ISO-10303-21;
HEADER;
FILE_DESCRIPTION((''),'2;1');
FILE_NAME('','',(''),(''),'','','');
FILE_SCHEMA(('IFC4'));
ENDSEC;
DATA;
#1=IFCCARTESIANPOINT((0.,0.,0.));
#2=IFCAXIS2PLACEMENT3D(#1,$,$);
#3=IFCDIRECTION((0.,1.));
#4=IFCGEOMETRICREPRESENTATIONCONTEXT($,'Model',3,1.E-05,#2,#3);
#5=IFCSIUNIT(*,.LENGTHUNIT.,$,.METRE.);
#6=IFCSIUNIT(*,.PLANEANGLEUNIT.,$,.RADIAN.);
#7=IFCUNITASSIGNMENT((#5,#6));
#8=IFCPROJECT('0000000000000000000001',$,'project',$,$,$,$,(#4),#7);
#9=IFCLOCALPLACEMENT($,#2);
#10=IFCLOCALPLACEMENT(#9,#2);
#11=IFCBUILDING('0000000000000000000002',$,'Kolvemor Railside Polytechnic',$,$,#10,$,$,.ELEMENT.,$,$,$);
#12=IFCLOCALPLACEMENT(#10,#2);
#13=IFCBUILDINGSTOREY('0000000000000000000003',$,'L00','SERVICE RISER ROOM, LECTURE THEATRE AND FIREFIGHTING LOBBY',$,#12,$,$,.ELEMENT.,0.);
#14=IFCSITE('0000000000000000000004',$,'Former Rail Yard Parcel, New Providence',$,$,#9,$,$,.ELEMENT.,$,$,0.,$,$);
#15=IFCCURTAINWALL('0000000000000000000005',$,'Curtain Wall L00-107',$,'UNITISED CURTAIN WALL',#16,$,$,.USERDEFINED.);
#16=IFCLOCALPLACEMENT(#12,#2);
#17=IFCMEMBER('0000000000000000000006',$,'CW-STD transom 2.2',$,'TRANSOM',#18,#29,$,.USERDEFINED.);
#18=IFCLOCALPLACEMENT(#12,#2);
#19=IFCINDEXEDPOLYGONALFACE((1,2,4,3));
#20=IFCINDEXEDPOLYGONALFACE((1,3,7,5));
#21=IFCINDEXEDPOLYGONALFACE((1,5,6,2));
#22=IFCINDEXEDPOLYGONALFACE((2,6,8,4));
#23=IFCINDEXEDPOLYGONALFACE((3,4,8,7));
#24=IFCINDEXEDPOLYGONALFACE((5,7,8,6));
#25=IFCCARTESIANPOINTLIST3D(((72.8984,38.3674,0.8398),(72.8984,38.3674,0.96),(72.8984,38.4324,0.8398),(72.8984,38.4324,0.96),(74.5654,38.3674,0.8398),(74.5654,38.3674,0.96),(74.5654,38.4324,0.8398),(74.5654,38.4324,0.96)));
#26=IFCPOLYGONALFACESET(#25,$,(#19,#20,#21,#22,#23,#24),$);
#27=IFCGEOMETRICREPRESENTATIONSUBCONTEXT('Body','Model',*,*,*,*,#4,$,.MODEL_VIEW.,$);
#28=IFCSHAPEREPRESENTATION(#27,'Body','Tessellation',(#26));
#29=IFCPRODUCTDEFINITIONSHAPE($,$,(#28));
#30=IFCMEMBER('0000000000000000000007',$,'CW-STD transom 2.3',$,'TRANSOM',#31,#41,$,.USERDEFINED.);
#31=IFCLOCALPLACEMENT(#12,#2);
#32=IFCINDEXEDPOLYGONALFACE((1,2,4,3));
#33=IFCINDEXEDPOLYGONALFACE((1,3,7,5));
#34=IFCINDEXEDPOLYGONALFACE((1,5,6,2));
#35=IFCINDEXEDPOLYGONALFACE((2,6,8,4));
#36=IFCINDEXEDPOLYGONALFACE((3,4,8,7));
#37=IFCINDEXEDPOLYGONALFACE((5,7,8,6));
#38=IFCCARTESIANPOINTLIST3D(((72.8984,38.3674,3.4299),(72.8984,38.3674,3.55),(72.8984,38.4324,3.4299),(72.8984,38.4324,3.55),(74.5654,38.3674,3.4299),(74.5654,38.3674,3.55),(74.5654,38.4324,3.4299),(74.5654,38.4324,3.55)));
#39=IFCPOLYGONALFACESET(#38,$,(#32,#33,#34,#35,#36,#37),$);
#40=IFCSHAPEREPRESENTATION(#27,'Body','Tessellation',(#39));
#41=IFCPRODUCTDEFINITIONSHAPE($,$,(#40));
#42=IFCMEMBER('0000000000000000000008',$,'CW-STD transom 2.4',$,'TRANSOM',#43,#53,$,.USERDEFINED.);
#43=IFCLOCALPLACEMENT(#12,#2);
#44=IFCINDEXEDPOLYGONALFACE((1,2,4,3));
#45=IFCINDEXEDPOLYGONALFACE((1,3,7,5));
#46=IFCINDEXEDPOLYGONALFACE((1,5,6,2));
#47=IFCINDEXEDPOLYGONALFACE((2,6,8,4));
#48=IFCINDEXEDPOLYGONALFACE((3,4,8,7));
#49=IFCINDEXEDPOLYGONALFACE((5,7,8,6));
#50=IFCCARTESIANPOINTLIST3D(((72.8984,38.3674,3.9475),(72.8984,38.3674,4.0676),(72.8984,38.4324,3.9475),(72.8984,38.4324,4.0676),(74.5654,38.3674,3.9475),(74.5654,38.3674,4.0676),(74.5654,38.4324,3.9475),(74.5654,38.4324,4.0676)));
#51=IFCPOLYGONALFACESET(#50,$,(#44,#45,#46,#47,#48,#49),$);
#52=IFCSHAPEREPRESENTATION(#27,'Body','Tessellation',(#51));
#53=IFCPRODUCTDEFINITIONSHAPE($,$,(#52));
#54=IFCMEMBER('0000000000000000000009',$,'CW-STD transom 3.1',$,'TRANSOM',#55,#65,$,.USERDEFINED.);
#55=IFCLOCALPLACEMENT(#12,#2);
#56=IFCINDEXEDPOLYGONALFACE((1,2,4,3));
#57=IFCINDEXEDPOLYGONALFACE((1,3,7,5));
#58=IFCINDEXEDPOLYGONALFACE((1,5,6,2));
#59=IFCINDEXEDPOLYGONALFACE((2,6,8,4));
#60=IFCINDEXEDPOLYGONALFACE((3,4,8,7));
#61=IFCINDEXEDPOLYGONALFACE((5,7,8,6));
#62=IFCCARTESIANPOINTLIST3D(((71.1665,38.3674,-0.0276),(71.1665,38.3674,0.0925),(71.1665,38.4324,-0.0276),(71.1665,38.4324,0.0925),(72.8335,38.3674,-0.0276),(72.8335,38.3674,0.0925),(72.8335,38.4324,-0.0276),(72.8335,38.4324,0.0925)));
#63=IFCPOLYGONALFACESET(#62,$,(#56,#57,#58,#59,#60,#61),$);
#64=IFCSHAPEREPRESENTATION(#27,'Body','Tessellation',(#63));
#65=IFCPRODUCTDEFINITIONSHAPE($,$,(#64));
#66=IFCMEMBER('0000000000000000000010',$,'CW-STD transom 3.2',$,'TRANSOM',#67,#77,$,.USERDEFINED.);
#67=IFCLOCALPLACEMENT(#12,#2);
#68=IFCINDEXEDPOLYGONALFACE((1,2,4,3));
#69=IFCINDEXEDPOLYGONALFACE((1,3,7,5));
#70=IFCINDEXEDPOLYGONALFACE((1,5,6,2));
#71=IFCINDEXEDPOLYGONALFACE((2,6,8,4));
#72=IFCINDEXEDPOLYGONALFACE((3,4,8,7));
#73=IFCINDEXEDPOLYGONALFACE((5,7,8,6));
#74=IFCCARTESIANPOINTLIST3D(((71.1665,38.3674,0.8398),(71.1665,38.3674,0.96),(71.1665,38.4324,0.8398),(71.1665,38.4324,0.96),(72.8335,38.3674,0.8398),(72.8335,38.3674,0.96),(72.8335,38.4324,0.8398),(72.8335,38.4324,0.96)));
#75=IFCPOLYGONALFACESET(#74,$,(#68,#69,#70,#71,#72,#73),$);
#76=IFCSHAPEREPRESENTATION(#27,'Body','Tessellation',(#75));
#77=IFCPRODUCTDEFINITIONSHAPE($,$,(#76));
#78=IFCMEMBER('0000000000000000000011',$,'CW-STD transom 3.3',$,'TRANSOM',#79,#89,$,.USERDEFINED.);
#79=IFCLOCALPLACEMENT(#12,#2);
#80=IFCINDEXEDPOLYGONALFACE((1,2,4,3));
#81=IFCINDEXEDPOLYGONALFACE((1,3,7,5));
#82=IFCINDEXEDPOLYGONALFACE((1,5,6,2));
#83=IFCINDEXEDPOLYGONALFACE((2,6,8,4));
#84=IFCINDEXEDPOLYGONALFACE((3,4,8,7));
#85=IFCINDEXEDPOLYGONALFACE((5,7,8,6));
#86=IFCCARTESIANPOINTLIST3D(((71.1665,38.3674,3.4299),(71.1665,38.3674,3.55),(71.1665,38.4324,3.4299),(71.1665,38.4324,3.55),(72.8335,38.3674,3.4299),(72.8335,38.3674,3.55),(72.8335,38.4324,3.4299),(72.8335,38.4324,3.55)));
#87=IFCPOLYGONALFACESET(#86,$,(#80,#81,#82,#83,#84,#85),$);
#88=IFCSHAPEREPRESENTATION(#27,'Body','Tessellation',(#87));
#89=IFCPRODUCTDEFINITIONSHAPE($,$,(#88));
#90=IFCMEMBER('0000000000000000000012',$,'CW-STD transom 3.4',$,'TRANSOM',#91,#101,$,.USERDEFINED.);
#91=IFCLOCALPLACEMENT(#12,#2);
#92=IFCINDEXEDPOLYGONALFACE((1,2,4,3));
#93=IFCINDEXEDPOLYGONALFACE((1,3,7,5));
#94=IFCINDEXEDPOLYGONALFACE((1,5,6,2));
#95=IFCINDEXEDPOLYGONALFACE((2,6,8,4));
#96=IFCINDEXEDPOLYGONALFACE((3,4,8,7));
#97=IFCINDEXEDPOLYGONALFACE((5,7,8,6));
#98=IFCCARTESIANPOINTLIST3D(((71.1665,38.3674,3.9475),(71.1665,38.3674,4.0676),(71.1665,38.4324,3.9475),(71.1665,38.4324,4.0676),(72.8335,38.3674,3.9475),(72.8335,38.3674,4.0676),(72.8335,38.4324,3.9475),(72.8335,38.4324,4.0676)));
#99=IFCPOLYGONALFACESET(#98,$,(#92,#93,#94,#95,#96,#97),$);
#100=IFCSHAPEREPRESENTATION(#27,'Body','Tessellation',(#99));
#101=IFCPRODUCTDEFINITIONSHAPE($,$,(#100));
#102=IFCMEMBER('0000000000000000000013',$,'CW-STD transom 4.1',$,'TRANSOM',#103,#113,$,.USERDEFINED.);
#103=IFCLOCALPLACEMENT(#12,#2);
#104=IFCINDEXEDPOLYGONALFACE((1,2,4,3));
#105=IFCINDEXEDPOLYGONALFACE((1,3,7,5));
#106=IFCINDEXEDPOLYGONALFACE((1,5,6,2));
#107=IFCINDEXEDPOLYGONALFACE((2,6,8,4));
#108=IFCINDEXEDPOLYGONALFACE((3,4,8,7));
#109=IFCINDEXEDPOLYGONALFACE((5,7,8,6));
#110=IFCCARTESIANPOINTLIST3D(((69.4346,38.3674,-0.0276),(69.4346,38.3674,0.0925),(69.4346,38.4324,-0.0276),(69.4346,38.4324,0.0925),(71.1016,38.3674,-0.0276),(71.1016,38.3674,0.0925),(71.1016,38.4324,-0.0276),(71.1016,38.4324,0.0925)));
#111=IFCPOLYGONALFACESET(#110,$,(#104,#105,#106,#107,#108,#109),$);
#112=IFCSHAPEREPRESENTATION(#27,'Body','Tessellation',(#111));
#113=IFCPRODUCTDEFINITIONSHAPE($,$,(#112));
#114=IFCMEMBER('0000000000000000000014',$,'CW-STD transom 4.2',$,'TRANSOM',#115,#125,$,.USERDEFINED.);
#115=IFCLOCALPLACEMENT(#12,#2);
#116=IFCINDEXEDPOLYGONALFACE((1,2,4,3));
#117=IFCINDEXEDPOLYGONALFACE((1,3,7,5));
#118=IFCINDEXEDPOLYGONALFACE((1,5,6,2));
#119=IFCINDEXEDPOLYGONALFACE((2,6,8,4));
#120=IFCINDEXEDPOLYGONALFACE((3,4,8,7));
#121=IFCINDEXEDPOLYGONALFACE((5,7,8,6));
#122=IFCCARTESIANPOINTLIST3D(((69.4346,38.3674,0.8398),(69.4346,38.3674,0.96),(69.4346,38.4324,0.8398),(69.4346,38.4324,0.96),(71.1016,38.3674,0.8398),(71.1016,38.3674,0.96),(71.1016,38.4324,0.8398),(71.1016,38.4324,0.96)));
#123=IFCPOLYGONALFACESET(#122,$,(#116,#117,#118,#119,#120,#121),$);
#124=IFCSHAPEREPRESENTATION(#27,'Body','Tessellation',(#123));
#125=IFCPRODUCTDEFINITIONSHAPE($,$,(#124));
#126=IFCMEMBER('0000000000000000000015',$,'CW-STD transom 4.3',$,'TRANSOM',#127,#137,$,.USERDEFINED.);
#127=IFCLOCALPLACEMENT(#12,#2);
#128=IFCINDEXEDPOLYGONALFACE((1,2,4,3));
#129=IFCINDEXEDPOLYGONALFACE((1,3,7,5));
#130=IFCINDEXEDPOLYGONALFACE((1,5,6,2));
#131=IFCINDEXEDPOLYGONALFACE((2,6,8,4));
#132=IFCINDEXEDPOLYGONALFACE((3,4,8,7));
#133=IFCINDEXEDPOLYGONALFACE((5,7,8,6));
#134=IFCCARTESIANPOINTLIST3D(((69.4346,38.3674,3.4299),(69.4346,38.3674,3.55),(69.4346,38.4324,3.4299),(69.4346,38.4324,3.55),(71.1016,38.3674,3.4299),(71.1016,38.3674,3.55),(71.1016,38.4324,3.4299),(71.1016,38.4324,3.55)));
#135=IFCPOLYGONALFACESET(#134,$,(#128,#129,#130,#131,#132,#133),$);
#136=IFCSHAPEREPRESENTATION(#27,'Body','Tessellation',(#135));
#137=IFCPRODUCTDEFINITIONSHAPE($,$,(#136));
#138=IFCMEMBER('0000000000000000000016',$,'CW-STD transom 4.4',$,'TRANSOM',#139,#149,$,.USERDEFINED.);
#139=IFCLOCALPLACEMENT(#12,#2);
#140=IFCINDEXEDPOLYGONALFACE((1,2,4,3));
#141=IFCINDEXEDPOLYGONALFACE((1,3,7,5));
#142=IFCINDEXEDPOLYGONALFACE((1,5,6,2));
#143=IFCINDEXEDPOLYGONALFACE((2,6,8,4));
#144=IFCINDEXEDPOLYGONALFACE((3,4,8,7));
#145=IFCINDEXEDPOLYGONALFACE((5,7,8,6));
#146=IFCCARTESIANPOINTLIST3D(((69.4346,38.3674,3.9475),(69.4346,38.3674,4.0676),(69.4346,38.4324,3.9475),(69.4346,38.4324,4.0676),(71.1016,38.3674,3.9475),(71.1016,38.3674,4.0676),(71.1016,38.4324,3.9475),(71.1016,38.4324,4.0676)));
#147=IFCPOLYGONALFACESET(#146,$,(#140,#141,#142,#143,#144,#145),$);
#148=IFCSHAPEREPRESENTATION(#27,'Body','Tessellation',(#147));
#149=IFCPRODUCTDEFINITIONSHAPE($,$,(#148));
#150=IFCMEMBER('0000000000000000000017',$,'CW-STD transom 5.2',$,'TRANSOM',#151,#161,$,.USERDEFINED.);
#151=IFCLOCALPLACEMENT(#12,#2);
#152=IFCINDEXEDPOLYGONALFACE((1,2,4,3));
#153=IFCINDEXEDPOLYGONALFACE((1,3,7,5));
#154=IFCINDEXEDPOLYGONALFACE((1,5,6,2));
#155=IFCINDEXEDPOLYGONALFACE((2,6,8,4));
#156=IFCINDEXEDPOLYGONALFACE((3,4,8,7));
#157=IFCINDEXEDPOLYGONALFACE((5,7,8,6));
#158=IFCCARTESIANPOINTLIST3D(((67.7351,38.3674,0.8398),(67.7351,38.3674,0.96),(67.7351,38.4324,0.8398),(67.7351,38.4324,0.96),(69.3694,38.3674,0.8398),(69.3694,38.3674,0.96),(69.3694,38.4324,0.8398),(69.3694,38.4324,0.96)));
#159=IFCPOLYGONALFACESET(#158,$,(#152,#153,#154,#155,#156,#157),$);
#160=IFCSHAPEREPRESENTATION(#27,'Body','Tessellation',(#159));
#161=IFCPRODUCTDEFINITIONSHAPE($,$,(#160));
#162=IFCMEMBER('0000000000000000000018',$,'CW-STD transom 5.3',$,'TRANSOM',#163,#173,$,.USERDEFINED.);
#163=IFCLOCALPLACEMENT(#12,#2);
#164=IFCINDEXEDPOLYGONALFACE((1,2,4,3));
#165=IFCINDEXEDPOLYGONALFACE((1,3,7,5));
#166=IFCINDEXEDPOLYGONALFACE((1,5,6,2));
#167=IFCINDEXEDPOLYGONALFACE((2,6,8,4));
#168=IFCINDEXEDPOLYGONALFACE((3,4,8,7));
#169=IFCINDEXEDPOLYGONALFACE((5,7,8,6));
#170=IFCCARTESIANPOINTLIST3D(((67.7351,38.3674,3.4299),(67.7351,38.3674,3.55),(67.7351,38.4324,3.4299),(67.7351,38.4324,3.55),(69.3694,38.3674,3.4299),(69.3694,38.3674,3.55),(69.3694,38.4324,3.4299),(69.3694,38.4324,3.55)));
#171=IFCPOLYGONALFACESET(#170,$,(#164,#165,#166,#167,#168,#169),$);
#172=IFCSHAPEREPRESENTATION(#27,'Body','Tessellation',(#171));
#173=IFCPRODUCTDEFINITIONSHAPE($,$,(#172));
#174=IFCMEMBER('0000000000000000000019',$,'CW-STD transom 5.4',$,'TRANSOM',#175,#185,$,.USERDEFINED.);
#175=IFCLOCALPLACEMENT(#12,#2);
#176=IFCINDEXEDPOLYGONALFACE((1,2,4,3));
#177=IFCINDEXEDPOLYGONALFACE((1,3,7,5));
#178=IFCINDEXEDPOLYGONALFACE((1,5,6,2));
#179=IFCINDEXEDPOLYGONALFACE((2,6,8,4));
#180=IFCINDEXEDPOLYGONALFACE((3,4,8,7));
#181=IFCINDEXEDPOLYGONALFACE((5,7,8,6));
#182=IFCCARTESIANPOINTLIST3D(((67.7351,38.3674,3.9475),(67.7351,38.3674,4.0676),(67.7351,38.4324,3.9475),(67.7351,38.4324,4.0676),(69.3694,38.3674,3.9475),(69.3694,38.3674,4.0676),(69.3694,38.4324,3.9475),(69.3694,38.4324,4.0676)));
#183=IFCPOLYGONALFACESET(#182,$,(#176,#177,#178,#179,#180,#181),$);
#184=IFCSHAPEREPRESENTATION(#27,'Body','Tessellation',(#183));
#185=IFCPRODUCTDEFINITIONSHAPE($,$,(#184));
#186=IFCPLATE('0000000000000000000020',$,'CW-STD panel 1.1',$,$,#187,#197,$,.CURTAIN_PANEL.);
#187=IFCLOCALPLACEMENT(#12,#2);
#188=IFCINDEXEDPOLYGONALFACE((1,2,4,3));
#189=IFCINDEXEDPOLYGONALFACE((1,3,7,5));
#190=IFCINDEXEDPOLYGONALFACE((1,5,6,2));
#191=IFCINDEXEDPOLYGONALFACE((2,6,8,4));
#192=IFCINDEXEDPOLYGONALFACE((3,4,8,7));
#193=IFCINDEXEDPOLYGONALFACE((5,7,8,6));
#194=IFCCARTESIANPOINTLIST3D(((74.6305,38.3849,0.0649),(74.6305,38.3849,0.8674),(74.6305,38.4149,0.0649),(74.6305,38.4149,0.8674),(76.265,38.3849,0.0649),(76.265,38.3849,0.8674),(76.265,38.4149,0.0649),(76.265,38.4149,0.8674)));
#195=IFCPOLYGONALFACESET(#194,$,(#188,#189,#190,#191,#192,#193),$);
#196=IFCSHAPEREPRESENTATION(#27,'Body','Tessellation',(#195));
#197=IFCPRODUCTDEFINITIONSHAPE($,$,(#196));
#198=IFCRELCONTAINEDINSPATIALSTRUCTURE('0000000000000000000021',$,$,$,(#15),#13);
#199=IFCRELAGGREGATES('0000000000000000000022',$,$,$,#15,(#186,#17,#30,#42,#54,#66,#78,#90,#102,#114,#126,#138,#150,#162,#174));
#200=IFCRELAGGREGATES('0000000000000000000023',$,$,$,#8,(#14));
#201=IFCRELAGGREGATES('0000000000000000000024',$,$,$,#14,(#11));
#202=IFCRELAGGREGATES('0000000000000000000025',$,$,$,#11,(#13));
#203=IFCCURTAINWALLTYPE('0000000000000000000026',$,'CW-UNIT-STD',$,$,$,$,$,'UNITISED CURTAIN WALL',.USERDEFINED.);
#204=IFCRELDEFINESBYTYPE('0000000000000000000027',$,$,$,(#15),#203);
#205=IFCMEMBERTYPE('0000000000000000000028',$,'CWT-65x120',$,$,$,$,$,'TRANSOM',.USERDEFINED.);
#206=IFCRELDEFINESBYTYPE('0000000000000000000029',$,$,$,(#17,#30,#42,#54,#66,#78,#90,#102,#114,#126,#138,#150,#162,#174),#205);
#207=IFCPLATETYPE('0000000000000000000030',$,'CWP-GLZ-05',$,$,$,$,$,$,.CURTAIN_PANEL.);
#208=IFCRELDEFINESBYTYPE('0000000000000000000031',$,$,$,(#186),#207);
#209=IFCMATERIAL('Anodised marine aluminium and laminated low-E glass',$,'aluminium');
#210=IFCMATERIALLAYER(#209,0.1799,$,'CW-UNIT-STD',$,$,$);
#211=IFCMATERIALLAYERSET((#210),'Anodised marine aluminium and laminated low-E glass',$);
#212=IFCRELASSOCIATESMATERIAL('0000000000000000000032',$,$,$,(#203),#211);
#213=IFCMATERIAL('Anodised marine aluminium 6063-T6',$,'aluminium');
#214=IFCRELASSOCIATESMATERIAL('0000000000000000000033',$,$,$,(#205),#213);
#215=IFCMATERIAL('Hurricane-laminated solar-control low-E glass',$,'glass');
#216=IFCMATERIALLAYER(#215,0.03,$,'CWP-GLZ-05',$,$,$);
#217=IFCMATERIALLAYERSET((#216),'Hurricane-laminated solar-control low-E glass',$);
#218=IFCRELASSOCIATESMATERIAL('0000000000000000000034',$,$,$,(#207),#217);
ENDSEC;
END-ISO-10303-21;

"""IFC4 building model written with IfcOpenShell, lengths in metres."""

from ifc_helpers import new_model, si_unit, direction, frame, origin, origin_2d, place, context, subcontext, project, spatial, rectangle, extrude, material, layer, layer_set, material_profile, profile_set, type_object, element, aggregate, save


model = new_model("IFC4")

# Units and contexts
model_context = context("Model", 3, precision=1e-05, world=origin(), true_north=direction((0.0, 1.0)))
body_context = subcontext(model_context, "Body", "Model", "MODEL_VIEW")
ifc_project = project(units=[si_unit("LENGTHUNIT", "METRE"), si_unit("PLANEANGLEUNIT", "RADIAN")], contexts=[model_context])

# Site, building, storey
site_placement = place(None, origin())
site = spatial("IfcSite", under=ifc_project, at=site_placement, Name="Former Rail Yard Parcel, New Providence", CompositionType="ELEMENT", RefElevation=0.0)
building_placement = place(site_placement, origin())
building = spatial("IfcBuilding", under=site, at=building_placement, Name="Kolvemor Railside Polytechnic", CompositionType="ELEMENT")
storey_placement = place(building_placement, origin())
storey = spatial("IfcBuildingStorey", under=building, at=storey_placement, Name="L00", Description="SERVICE RISER ROOM, LECTURE THEATRE AND FIREFIGHTING LOBBY", CompositionType="ELEMENT", Elevation=0.0)

# Curtain wall, members, plate
ifc_material_1 = material(Name="Anodised marine aluminium and laminated low-E glass", Category="aluminium")
ifc_layer_1 = layer(ifc_material_1, 0.1799, Name="CW-UNIT-STD")
ifc_layer_set_1 = layer_set([ifc_layer_1], Name="Anodised marine aluminium and laminated low-E glass")
curtain_wall_type = type_object("IfcCurtainWallType", Name="CW-UNIT-STD", ElementType="UNITISED CURTAIN WALL", PredefinedType="USERDEFINED", material=ifc_layer_set_1)
curtain_wall_placement = place(storey_placement, origin())
curtain_wall = element("IfcCurtainWall", 1, at=curtain_wall_placement, inside=storey, type_object=curtain_wall_type, Name="Curtain Wall L00-107", ObjectType="UNITISED CURTAIN WALL", PredefinedType="USERDEFINED")
ifc_material_2 = material(Name="Anodised marine aluminium 6063-T6", Category="aluminium")
ifc_material_profile_1 = material_profile(ifc_material_2, rectangle(XDim=0.0649, YDim=0.1201, at=origin_2d()), Name="CW-TRN-65x120")
ifc_profile_set_1 = profile_set([ifc_material_profile_1], Name="Anodised marine aluminium 6063-T6")
member_type_1 = type_object("IfcMemberType", Name="CWT-65x120", ElementType="TRANSOM", PredefinedType="USERDEFINED", material=ifc_profile_set_1)
member_1_placement = place(storey_placement, frame((74.5654, 38.3999, 0.8999), z_axis=(-1.0, 0.0, 0.0), x_axis=(0.0, -1.0, 0.0)))
member_1 = element("IfcMember", 2, at=member_1_placement, type_object=member_type_1, Name="CW-STD transom 2.2", ObjectType="TRANSOM", PredefinedType="USERDEFINED", context=body_context, shape_type="SweptSolid", body=[
    extrude(rectangle(XDim=0.0649, YDim=0.1201, at=origin_2d()), origin(), (0.0, 0.0, 1.0), 1.667),
])
member_2_placement = place(storey_placement, frame((74.5654, 38.3999, 3.49), z_axis=(-1.0, 0.0, 0.0), x_axis=(0.0, -1.0, 0.0)))
member_2 = element("IfcMember", 3, at=member_2_placement, type_object=member_type_1, Name="CW-STD transom 2.3", ObjectType="TRANSOM", PredefinedType="USERDEFINED", context=body_context, shape_type="SweptSolid", body=[
    extrude(rectangle(XDim=0.0649, YDim=0.1201, at=origin_2d()), origin(), (0.0, 0.0, 1.0), 1.667),
])
member_3_placement = place(storey_placement, frame((74.5654, 38.3999, 4.0076), z_axis=(-1.0, 0.0, 0.0), x_axis=(0.0, -1.0, 0.0)))
member_3 = element("IfcMember", 4, at=member_3_placement, type_object=member_type_1, Name="CW-STD transom 2.4", ObjectType="TRANSOM", PredefinedType="USERDEFINED", context=body_context, shape_type="SweptSolid", body=[
    extrude(rectangle(XDim=0.0649, YDim=0.1201, at=origin_2d()), origin(), (0.0, 0.0, 1.0), 1.667),
])
member_4_placement = place(storey_placement, frame((72.8335, 38.3999, 0.0325), z_axis=(-1.0, 0.0, 0.0), x_axis=(0.0, -1.0, 0.0)))
member_4 = element("IfcMember", 5, at=member_4_placement, type_object=member_type_1, Name="CW-STD transom 3.1", ObjectType="TRANSOM", PredefinedType="USERDEFINED", context=body_context, shape_type="SweptSolid", body=[
    extrude(rectangle(XDim=0.0649, YDim=0.1201, at=origin_2d()), origin(), (0.0, 0.0, 1.0), 1.667),
])
member_5_placement = place(storey_placement, frame((72.8335, 38.3999, 0.8999), z_axis=(-1.0, 0.0, 0.0), x_axis=(0.0, -1.0, 0.0)))
member_5 = element("IfcMember", 6, at=member_5_placement, type_object=member_type_1, Name="CW-STD transom 3.2", ObjectType="TRANSOM", PredefinedType="USERDEFINED", context=body_context, shape_type="SweptSolid", body=[
    extrude(rectangle(XDim=0.0649, YDim=0.1201, at=origin_2d()), origin(), (0.0, 0.0, 1.0), 1.667),
])
member_6_placement = place(storey_placement, frame((72.8335, 38.3999, 3.49), z_axis=(-1.0, 0.0, 0.0), x_axis=(0.0, -1.0, 0.0)))
member_6 = element("IfcMember", 7, at=member_6_placement, type_object=member_type_1, Name="CW-STD transom 3.3", ObjectType="TRANSOM", PredefinedType="USERDEFINED", context=body_context, shape_type="SweptSolid", body=[
    extrude(rectangle(XDim=0.0649, YDim=0.1201, at=origin_2d()), origin(), (0.0, 0.0, 1.0), 1.667),
])
member_7_placement = place(storey_placement, frame((72.8335, 38.3999, 4.0076), z_axis=(-1.0, 0.0, 0.0), x_axis=(0.0, -1.0, 0.0)))
member_7 = element("IfcMember", 8, at=member_7_placement, type_object=member_type_1, Name="CW-STD transom 3.4", ObjectType="TRANSOM", PredefinedType="USERDEFINED", context=body_context, shape_type="SweptSolid", body=[
    extrude(rectangle(XDim=0.0649, YDim=0.1201, at=origin_2d()), origin(), (0.0, 0.0, 1.0), 1.667),
])
member_8_placement = place(storey_placement, frame((71.1016, 38.3999, 0.0325), z_axis=(-1.0, 0.0, 0.0), x_axis=(0.0, -1.0, 0.0)))
member_8 = element("IfcMember", 9, at=member_8_placement, type_object=member_type_1, Name="CW-STD transom 4.1", ObjectType="TRANSOM", PredefinedType="USERDEFINED", context=body_context, shape_type="SweptSolid", body=[
    extrude(rectangle(XDim=0.0649, YDim=0.1201, at=origin_2d()), origin(), (0.0, 0.0, 1.0), 1.667),
])
member_9_placement = place(storey_placement, frame((71.1016, 38.3999, 0.8999), z_axis=(-1.0, 0.0, 0.0), x_axis=(0.0, -1.0, 0.0)))
member_9 = element("IfcMember", 10, at=member_9_placement, type_object=member_type_1, Name="CW-STD transom 4.2", ObjectType="TRANSOM", PredefinedType="USERDEFINED", context=body_context, shape_type="SweptSolid", body=[
    extrude(rectangle(XDim=0.0649, YDim=0.1201, at=origin_2d()), origin(), (0.0, 0.0, 1.0), 1.667),
])
member_10_placement = place(storey_placement, frame((71.1016, 38.3999, 3.49), z_axis=(-1.0, 0.0, 0.0), x_axis=(0.0, -1.0, 0.0)))
member_10 = element("IfcMember", 11, at=member_10_placement, type_object=member_type_1, Name="CW-STD transom 4.3", ObjectType="TRANSOM", PredefinedType="USERDEFINED", context=body_context, shape_type="SweptSolid", body=[
    extrude(rectangle(XDim=0.0649, YDim=0.1201, at=origin_2d()), origin(), (0.0, 0.0, 1.0), 1.667),
])
member_11_placement = place(storey_placement, frame((71.1016, 38.3999, 4.0076), z_axis=(-1.0, 0.0, 0.0), x_axis=(0.0, -1.0, 0.0)))
member_11 = element("IfcMember", 12, at=member_11_placement, type_object=member_type_1, Name="CW-STD transom 4.4", ObjectType="TRANSOM", PredefinedType="USERDEFINED", context=body_context, shape_type="SweptSolid", body=[
    extrude(rectangle(XDim=0.0649, YDim=0.1201, at=origin_2d()), origin(), (0.0, 0.0, 1.0), 1.667),
])
member_12_placement = place(storey_placement, frame((69.3694, 38.3999, 0.8999), z_axis=(-1.0, 0.0, 0.0), x_axis=(0.0, -1.0, 0.0)))
member_12 = element("IfcMember", 13, at=member_12_placement, type_object=member_type_1, Name="CW-STD transom 5.2", ObjectType="TRANSOM", PredefinedType="USERDEFINED", context=body_context, shape_type="SweptSolid", body=[
    extrude(rectangle(XDim=0.0649, YDim=0.1201, at=origin_2d()), origin(), (0.0, 0.0, 1.0), 1.6343),
])
member_13_placement = place(storey_placement, frame((69.3694, 38.3999, 3.49), z_axis=(-1.0, 0.0, 0.0), x_axis=(0.0, -1.0, 0.0)))
member_13 = element("IfcMember", 14, at=member_13_placement, type_object=member_type_1, Name="CW-STD transom 5.3", ObjectType="TRANSOM", PredefinedType="USERDEFINED", context=body_context, shape_type="SweptSolid", body=[
    extrude(rectangle(XDim=0.0649, YDim=0.1201, at=origin_2d()), origin(), (0.0, 0.0, 1.0), 1.6343),
])
member_14_placement = place(storey_placement, frame((69.3694, 38.3999, 4.0076), z_axis=(-1.0, 0.0, 0.0), x_axis=(0.0, -1.0, 0.0)))
member_14 = element("IfcMember", 15, at=member_14_placement, type_object=member_type_1, Name="CW-STD transom 5.4", ObjectType="TRANSOM", PredefinedType="USERDEFINED", context=body_context, shape_type="SweptSolid", body=[
    extrude(rectangle(XDim=0.0649, YDim=0.1201, at=origin_2d()), origin(), (0.0, 0.0, 1.0), 1.6343),
])
ifc_material_3 = material(Name="Hurricane-laminated solar-control low-E glass", Category="glass")
ifc_layer_2 = layer(ifc_material_3, 0.03, Name="CWP-GLZ-05")
ifc_layer_set_2 = layer_set([ifc_layer_2], Name="Hurricane-laminated solar-control low-E glass")
plate_type = type_object("IfcPlateType", Name="CWP-GLZ-05", PredefinedType="CURTAIN_PANEL", material=ifc_layer_set_2)
plate_1_placement = place(storey_placement, frame((75.4478, 38.3999, 0.0649), z_axis=(0.0, 0.0, 1.0), x_axis=(-1.0, 0.0, 0.0)))
plate_1 = element("IfcPlate", 16, at=plate_1_placement, type_object=plate_type, Name="CW-STD panel 1.1", PredefinedType="CURTAIN_PANEL", context=body_context, shape_type="SweptSolid", body=[
    extrude(rectangle(XDim=1.6345, YDim=0.03, at=origin_2d()), origin(), (0.0, 0.0, 1.0), 0.8025),
])
aggregate(curtain_wall, [plate_1, member_1, member_2, member_3, member_4, member_5, member_6, member_7, member_8, member_9, member_10, member_11, member_12, member_13, member_14])

save(model, "model.ifc")
